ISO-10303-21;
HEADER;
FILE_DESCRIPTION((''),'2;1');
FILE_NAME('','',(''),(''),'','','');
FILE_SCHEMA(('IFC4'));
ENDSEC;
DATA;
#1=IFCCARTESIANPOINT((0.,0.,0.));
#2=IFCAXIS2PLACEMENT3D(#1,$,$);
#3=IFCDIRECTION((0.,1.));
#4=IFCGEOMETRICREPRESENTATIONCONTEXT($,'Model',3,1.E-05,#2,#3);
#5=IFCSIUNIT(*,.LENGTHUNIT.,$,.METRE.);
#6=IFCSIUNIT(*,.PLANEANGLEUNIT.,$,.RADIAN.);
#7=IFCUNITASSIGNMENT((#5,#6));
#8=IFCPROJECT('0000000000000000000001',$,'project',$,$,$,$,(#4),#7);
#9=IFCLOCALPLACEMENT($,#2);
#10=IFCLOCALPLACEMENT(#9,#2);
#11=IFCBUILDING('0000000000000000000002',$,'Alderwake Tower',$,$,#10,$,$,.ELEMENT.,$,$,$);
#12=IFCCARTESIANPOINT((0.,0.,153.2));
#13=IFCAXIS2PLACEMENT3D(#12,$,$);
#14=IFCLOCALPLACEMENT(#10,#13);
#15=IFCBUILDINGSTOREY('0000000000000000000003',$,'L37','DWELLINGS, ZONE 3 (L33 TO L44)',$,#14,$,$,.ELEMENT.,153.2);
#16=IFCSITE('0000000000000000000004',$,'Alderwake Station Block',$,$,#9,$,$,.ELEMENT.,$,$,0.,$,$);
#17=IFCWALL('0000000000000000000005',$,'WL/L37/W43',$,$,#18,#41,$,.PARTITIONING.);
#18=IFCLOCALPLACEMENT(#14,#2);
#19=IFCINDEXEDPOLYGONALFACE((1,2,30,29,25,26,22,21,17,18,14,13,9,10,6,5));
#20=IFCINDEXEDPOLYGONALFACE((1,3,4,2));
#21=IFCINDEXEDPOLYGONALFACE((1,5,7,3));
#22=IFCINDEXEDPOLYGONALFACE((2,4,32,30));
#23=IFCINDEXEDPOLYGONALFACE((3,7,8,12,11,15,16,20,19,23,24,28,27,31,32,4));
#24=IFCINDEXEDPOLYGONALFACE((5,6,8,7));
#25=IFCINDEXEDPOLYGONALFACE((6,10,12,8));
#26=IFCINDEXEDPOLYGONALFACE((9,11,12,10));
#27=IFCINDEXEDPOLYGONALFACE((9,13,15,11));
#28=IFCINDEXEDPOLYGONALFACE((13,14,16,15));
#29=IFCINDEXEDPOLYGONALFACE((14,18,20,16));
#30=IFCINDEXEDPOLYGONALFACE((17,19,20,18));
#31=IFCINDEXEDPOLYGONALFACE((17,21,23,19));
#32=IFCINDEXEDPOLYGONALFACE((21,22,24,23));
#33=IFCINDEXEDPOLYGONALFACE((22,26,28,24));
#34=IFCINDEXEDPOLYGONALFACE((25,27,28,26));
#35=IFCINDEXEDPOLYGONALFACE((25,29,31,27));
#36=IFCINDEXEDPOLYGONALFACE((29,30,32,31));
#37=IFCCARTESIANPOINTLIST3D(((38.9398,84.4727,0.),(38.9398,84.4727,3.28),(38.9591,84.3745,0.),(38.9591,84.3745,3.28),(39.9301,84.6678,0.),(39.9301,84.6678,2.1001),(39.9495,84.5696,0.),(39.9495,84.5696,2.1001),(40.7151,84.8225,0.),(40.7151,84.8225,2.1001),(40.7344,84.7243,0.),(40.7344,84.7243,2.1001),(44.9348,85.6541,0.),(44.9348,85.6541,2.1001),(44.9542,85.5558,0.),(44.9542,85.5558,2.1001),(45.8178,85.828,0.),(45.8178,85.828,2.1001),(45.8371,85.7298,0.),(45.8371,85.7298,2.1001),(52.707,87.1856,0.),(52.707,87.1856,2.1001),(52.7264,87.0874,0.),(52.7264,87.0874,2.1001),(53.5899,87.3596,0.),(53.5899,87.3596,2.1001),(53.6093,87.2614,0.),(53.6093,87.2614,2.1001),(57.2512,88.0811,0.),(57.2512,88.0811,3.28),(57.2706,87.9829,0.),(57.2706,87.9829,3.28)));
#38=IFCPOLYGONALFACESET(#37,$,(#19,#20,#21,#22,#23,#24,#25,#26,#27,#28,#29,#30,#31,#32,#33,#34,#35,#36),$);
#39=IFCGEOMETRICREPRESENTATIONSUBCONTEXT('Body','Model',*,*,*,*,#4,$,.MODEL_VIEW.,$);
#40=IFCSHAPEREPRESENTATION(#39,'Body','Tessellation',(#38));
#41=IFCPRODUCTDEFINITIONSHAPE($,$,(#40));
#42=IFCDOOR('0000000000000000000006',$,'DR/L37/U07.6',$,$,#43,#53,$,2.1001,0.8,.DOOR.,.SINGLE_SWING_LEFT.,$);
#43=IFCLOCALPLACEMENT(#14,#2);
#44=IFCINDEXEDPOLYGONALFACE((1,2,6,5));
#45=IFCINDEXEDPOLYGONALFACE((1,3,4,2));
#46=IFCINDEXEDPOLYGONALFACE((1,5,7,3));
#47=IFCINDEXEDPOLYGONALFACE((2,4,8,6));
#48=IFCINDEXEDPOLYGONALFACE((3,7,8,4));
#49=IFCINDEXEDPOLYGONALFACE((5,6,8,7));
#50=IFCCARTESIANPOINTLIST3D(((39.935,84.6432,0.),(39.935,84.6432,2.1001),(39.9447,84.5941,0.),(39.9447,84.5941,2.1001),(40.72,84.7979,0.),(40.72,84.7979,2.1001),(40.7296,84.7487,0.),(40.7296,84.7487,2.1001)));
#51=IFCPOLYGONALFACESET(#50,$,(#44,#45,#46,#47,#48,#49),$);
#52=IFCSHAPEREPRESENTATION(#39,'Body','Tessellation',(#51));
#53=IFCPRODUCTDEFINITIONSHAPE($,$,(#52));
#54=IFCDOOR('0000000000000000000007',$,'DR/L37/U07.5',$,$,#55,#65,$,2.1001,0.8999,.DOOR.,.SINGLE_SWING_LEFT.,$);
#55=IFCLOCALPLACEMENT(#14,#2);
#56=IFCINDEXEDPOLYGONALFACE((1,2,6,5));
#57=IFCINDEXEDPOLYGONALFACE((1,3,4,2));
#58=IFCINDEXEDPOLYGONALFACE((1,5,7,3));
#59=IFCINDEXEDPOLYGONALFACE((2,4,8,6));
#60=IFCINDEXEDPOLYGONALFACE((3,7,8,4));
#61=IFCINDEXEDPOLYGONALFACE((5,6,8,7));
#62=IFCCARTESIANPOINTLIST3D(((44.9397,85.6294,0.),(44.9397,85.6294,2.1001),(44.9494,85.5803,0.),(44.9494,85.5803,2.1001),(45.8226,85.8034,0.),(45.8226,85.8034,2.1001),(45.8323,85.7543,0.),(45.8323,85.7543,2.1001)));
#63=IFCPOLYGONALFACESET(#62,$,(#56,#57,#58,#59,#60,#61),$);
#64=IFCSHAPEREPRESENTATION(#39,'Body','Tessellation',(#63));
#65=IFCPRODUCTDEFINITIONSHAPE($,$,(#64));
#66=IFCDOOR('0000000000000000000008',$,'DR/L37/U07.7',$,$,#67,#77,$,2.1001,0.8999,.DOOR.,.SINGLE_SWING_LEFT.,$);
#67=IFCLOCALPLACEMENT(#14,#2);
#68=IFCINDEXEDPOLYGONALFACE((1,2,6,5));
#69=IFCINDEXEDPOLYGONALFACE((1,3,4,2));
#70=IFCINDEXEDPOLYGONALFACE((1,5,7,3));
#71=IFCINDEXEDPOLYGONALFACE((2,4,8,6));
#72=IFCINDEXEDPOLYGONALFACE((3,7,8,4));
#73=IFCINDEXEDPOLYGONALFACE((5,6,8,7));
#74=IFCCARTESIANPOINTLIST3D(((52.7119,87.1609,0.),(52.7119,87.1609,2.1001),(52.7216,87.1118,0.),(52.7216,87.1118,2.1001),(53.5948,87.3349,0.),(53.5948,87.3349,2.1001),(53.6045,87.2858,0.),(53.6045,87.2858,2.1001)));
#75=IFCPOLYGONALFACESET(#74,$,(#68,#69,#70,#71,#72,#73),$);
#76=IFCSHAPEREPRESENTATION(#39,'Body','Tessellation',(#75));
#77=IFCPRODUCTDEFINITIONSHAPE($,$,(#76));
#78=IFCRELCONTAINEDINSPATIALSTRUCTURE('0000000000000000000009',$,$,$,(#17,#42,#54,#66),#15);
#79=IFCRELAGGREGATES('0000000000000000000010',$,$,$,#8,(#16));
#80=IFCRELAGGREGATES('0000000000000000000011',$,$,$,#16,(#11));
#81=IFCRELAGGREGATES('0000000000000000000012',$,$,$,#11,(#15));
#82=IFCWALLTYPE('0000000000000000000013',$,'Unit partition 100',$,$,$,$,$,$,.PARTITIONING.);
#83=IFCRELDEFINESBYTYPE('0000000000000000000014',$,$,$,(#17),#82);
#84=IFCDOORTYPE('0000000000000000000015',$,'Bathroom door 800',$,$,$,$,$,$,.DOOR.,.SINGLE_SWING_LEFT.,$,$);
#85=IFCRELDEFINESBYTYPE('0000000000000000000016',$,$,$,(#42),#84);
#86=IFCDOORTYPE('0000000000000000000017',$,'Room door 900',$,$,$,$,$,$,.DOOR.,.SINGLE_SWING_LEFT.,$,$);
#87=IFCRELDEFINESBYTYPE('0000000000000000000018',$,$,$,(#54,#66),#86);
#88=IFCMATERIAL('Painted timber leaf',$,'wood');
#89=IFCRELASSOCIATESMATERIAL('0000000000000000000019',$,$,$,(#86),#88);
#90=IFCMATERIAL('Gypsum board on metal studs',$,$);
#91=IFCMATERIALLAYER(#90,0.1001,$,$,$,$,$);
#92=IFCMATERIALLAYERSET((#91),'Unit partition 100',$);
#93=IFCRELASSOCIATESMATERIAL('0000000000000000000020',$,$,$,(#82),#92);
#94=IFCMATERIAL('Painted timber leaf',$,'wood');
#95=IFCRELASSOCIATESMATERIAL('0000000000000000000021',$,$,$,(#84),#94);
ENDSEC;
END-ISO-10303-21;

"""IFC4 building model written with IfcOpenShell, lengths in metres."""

from ifc_helpers import new_model, si_unit, direction, frame, frame_2d, origin, place, context, subcontext, project, spatial, rectangle, extrude, material, layer, layer_set, type_object, element, fill, save


model = new_model("IFC4")

# Units and contexts
model_context = context("Model", 3, precision=1e-05, world=origin(), true_north=direction((0.0, 1.0)))
body_context = subcontext(model_context, "Body", "Model", "MODEL_VIEW")
ifc_project = project(units=[si_unit("LENGTHUNIT", "METRE"), si_unit("PLANEANGLEUNIT", "RADIAN")], contexts=[model_context])

# Site, building, storey
site_placement = place(None, origin())
site = spatial("IfcSite", under=ifc_project, at=site_placement, Name="Alderwake Station Block", CompositionType="ELEMENT", RefElevation=0.0)
building_placement = place(site_placement, origin())
building = spatial("IfcBuilding", under=site, at=building_placement, Name="Alderwake Tower", CompositionType="ELEMENT")
storey_placement = place(building_placement, frame((0.0, 0.0, 153.2)))
storey = spatial("IfcBuildingStorey", under=building, at=storey_placement, Name="L37", Description="DWELLINGS, ZONE 3 (L33 TO L44)", CompositionType="ELEMENT", Elevation=153.2)

# Shared definitions
ifc_material_1 = material(Name="Painted timber leaf", Category="wood")
door_type_1 = type_object("IfcDoorType", Name="Room door 900", OperationType="SINGLE_SWING_LEFT", PredefinedType="DOOR", material=ifc_material_1)

# Wall, openings, doors
ifc_material_2 = material(Name="Gypsum board on metal studs")
ifc_layer_1 = layer(ifc_material_2, 0.1001)
ifc_layer_set_1 = layer_set([ifc_layer_1], Name="Unit partition 100")
wall_type_1 = type_object("IfcWallType", Name="Unit partition 100", PredefinedType="PARTITIONING", material=ifc_layer_set_1)
wall_1_placement = place(storey_placement, frame((38.9495, 84.4236, 0.0), z_axis=(0.0, 0.0, 1.0), x_axis=(0.981132, 0.193338, 0.0)))
wall_1 = element("IfcWall", 1, at=wall_1_placement, inside=storey, type_object=wall_type_1, Name="WL/L37/W43", PredefinedType="PARTITIONING", context=body_context, shape_type="SweptSolid", body=[
    extrude(rectangle(XDim=18.6636, YDim=0.1001, at=frame_2d((9.3318, 0.0))), origin(), (0.0, 0.0, 1.0), 3.28),
])
opening_1_placement = place(wall_1_placement, frame((6.1104, 0.0, 0.0)))
opening_1 = element("IfcOpeningElement", 2, at=opening_1_placement, cuts=wall_1, PredefinedType="OPENING", context=body_context, shape_type="SweptSolid", body=[
    extrude(rectangle(XDim=0.8999, YDim=2.1001, at=frame_2d((0.45, 1.05))), frame((0.0, 0.0601, 0.0), z_axis=(0.0, -1.0, 0.0), x_axis=(1.0, 0.0, 0.0)), (0.0, 0.0, 1.0), 0.1201),
])
opening_2_placement = place(wall_1_placement, frame((1.0095, 0.0, 0.0)))
opening_2 = element("IfcOpeningElement", 3, at=opening_2_placement, cuts=wall_1, PredefinedType="OPENING", context=body_context, shape_type="SweptSolid", body=[
    extrude(rectangle(XDim=0.8, YDim=2.1001, at=frame_2d((0.3999, 1.05))), frame((0.0, 0.0601, 0.0), z_axis=(0.0, -1.0, 0.0), x_axis=(1.0, 0.0, 0.0)), (0.0, 0.0, 1.0), 0.1201),
])
opening_3_placement = place(wall_1_placement, frame((14.032, 0.0, 0.0)))
opening_3 = element("IfcOpeningElement", 4, at=opening_3_placement, cuts=wall_1, PredefinedType="OPENING", context=body_context, shape_type="SweptSolid", body=[
    extrude(rectangle(XDim=0.8999, YDim=2.1001, at=frame_2d((0.45, 1.05))), frame((0.0, 0.0601, 0.0), z_axis=(0.0, -1.0, 0.0), x_axis=(1.0, 0.0, 0.0)), (0.0, 0.0, 1.0), 0.1201),
])
ifc_material_3 = material(Name="Painted timber leaf", Category="wood")
door_type_2 = type_object("IfcDoorType", Name="Bathroom door 800", OperationType="SINGLE_SWING_LEFT", PredefinedType="DOOR", material=ifc_material_3)
door_1_placement = place(opening_2_placement, origin())
door_1 = element("IfcDoor", 5, at=door_1_placement, inside=storey, type_object=door_type_2, Name="DR/L37/U07.6", OperationType="SINGLE_SWING_LEFT", OverallHeight=2.1001, OverallWidth=0.8, PredefinedType="DOOR", context=body_context, shape_type="SweptSolid", body=[
    extrude(rectangle(XDim=0.8, YDim=2.1001, at=frame_2d((0.3999, 1.05))), frame((0.0, 0.0249, 0.0), z_axis=(0.0, -1.0, 0.0), x_axis=(1.0, 0.0, 0.0)), (0.0, 0.0, 1.0), 0.05),
])
fill(opening_2, door_1)
door_2_placement = place(opening_1_placement, origin())
door_2 = element("IfcDoor", 6, at=door_2_placement, inside=storey, type_object=door_type_1, Name="DR/L37/U07.5", OperationType="SINGLE_SWING_LEFT", OverallHeight=2.1001, OverallWidth=0.8999, PredefinedType="DOOR", context=body_context, shape_type="SweptSolid", body=[
    extrude(rectangle(XDim=0.8999, YDim=2.1001, at=frame_2d((0.45, 1.05))), frame((0.0, 0.0249, 0.0), z_axis=(0.0, -1.0, 0.0), x_axis=(1.0, 0.0, 0.0)), (0.0, 0.0, 1.0), 0.05),
])
fill(opening_1, door_2)
door_3_placement = place(opening_3_placement, origin())
door_3 = element("IfcDoor", 7, at=door_3_placement, inside=storey, type_object=door_type_1, Name="DR/L37/U07.7", OperationType="SINGLE_SWING_LEFT", OverallHeight=2.1001, OverallWidth=0.8999, PredefinedType="DOOR", context=body_context, shape_type="SweptSolid", body=[
    extrude(rectangle(XDim=0.8999, YDim=2.1001, at=frame_2d((0.45, 1.05))), frame((0.0, 0.0249, 0.0), z_axis=(0.0, -1.0, 0.0), x_axis=(1.0, 0.0, 0.0)), (0.0, 0.0, 1.0), 0.05),
])
fill(opening_3, door_3)

save(model, "model.ifc")
